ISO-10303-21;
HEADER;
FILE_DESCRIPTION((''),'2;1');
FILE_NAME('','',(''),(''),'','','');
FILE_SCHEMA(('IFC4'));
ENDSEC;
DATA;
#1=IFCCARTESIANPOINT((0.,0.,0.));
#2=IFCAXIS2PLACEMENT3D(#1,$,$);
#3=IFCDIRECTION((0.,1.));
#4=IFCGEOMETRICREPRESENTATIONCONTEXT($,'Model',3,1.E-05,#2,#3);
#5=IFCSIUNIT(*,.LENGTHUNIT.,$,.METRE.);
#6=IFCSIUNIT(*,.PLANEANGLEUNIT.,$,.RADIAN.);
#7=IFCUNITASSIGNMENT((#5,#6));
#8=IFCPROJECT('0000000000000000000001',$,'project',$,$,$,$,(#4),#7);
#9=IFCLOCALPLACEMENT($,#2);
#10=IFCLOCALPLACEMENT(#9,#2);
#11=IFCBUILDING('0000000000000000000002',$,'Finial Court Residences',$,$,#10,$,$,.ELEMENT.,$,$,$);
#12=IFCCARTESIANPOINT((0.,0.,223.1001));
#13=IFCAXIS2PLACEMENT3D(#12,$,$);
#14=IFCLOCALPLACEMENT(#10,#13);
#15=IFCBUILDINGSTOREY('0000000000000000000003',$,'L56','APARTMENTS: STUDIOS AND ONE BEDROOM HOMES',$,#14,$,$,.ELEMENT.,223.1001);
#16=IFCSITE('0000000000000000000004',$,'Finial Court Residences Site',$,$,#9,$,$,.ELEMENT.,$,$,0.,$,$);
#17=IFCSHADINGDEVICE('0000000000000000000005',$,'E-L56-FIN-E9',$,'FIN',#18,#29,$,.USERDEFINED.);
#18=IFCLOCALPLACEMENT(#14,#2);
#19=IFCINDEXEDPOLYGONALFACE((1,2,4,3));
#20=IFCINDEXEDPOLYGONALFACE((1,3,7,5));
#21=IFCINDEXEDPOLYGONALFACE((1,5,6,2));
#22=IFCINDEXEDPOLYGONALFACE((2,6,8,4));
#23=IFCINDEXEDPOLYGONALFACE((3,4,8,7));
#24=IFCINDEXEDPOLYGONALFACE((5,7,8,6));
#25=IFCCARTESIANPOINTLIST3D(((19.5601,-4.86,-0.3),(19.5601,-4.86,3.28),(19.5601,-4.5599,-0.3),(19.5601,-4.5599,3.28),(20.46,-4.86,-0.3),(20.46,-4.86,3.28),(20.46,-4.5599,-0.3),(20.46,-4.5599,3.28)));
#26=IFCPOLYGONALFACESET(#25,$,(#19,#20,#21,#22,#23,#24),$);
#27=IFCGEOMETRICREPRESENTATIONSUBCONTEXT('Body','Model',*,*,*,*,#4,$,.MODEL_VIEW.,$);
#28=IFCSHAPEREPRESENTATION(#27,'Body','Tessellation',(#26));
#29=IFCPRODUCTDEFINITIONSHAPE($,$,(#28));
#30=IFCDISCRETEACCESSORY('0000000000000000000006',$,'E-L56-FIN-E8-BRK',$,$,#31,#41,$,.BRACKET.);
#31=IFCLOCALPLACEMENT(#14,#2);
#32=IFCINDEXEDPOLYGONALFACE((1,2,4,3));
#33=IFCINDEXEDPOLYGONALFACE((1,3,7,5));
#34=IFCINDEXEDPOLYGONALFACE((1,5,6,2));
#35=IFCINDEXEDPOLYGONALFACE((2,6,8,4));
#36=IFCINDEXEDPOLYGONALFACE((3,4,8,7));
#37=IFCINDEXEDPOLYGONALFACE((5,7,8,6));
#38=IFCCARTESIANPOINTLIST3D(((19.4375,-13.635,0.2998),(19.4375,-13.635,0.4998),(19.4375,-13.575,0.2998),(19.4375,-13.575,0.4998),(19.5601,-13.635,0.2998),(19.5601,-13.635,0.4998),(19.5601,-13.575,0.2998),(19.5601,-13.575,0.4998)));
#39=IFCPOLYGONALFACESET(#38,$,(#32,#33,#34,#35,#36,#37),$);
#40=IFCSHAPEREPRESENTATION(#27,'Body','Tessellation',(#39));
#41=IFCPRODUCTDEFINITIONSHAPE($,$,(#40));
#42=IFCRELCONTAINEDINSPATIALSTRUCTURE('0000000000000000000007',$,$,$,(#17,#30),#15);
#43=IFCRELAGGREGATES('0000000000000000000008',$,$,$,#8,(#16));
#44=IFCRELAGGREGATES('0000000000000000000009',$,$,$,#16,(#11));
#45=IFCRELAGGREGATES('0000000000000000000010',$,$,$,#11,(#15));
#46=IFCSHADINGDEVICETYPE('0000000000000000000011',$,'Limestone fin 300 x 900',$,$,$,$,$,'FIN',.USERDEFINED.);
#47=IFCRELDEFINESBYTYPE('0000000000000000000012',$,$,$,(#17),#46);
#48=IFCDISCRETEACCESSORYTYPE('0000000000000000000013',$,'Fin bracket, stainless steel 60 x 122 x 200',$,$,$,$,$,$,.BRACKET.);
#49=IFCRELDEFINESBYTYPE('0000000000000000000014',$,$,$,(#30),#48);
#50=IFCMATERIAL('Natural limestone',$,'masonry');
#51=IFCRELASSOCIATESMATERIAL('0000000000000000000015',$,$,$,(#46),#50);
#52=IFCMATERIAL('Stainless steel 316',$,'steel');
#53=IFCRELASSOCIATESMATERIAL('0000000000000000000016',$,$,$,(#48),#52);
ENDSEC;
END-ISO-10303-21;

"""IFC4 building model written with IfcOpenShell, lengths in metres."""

from ifc_helpers import new_model, si_unit, direction, frame, origin, origin_2d, place, context, subcontext, project, spatial, rectangle, extrude, material, type_object, element, save


model = new_model("IFC4")

# Units and contexts
model_context = context("Model", 3, precision=1e-05, world=origin(), true_north=direction((0.0, 1.0)))
body_context = subcontext(model_context, "Body", "Model", "MODEL_VIEW")
ifc_project = project(units=[si_unit("LENGTHUNIT", "METRE"), si_unit("PLANEANGLEUNIT", "RADIAN")], contexts=[model_context])

# Site, building, storey
site_placement = place(None, origin())
site = spatial("IfcSite", under=ifc_project, at=site_placement, Name="Finial Court Residences Site", CompositionType="ELEMENT", RefElevation=0.0)
building_placement = place(site_placement, origin())
building = spatial("IfcBuilding", under=site, at=building_placement, Name="Finial Court Residences", CompositionType="ELEMENT")
storey_placement = place(building_placement, frame((0.0, 0.0, 223.1001)))
storey = spatial("IfcBuildingStorey", under=building, at=storey_placement, Name="L56", Description="APARTMENTS: STUDIOS AND ONE BEDROOM HOMES", CompositionType="ELEMENT", Elevation=223.1001)

# Shared definitions
ifc_material_1 = material(Name="Natural limestone", Category="masonry")

# Shading device
shading_device_type = type_object("IfcShadingDeviceType", Name="Limestone fin 300 x 900", ElementType="FIN", PredefinedType="USERDEFINED", material=ifc_material_1)
for number, where, z_axis, x_axis, name in (
    (1, (20.01, -4.71, -0.3), (0.0, 0.0, 1.0), (1.0, 0.0, 0.0), "E-L56-FIN-E9"),
):
    element("IfcShadingDevice", number, at=place(storey_placement, frame(where, z_axis=z_axis, x_axis=x_axis)), inside=storey, type_object=shading_device_type, Name=name, ObjectType="FIN", PredefinedType="USERDEFINED", context=body_context, shape_type="SweptSolid", body=[
        extrude(rectangle(XDim=0.8999, YDim=0.3, at=origin_2d()), origin(), (0.0, 0.0, 1.0), 3.5801),
    ])

# Discrete accessory
ifc_material_2 = material(Name="Stainless steel 316", Category="steel")
discrete_accessory_type = type_object("IfcDiscreteAccessoryType", Name="Fin bracket, stainless steel 60 x 122 x 200", PredefinedType="BRACKET", material=ifc_material_2)
discrete_accessory_placement = place(storey_placement, frame((19.4988, -13.605, 0.2998), z_axis=(0.0, 0.0, 1.0), x_axis=(1.0, 0.0, 0.0)))
element("IfcDiscreteAccessory", 2, at=discrete_accessory_placement, inside=storey, type_object=discrete_accessory_type, Name="E-L56-FIN-E8-BRK", PredefinedType="BRACKET", context=body_context, shape_type="SweptSolid", body=[
    extrude(rectangle(XDim=0.1226, YDim=0.0601, at=origin_2d()), origin(), (0.0, 0.0, 1.0), 0.2),
])

save(model, "model.ifc")
